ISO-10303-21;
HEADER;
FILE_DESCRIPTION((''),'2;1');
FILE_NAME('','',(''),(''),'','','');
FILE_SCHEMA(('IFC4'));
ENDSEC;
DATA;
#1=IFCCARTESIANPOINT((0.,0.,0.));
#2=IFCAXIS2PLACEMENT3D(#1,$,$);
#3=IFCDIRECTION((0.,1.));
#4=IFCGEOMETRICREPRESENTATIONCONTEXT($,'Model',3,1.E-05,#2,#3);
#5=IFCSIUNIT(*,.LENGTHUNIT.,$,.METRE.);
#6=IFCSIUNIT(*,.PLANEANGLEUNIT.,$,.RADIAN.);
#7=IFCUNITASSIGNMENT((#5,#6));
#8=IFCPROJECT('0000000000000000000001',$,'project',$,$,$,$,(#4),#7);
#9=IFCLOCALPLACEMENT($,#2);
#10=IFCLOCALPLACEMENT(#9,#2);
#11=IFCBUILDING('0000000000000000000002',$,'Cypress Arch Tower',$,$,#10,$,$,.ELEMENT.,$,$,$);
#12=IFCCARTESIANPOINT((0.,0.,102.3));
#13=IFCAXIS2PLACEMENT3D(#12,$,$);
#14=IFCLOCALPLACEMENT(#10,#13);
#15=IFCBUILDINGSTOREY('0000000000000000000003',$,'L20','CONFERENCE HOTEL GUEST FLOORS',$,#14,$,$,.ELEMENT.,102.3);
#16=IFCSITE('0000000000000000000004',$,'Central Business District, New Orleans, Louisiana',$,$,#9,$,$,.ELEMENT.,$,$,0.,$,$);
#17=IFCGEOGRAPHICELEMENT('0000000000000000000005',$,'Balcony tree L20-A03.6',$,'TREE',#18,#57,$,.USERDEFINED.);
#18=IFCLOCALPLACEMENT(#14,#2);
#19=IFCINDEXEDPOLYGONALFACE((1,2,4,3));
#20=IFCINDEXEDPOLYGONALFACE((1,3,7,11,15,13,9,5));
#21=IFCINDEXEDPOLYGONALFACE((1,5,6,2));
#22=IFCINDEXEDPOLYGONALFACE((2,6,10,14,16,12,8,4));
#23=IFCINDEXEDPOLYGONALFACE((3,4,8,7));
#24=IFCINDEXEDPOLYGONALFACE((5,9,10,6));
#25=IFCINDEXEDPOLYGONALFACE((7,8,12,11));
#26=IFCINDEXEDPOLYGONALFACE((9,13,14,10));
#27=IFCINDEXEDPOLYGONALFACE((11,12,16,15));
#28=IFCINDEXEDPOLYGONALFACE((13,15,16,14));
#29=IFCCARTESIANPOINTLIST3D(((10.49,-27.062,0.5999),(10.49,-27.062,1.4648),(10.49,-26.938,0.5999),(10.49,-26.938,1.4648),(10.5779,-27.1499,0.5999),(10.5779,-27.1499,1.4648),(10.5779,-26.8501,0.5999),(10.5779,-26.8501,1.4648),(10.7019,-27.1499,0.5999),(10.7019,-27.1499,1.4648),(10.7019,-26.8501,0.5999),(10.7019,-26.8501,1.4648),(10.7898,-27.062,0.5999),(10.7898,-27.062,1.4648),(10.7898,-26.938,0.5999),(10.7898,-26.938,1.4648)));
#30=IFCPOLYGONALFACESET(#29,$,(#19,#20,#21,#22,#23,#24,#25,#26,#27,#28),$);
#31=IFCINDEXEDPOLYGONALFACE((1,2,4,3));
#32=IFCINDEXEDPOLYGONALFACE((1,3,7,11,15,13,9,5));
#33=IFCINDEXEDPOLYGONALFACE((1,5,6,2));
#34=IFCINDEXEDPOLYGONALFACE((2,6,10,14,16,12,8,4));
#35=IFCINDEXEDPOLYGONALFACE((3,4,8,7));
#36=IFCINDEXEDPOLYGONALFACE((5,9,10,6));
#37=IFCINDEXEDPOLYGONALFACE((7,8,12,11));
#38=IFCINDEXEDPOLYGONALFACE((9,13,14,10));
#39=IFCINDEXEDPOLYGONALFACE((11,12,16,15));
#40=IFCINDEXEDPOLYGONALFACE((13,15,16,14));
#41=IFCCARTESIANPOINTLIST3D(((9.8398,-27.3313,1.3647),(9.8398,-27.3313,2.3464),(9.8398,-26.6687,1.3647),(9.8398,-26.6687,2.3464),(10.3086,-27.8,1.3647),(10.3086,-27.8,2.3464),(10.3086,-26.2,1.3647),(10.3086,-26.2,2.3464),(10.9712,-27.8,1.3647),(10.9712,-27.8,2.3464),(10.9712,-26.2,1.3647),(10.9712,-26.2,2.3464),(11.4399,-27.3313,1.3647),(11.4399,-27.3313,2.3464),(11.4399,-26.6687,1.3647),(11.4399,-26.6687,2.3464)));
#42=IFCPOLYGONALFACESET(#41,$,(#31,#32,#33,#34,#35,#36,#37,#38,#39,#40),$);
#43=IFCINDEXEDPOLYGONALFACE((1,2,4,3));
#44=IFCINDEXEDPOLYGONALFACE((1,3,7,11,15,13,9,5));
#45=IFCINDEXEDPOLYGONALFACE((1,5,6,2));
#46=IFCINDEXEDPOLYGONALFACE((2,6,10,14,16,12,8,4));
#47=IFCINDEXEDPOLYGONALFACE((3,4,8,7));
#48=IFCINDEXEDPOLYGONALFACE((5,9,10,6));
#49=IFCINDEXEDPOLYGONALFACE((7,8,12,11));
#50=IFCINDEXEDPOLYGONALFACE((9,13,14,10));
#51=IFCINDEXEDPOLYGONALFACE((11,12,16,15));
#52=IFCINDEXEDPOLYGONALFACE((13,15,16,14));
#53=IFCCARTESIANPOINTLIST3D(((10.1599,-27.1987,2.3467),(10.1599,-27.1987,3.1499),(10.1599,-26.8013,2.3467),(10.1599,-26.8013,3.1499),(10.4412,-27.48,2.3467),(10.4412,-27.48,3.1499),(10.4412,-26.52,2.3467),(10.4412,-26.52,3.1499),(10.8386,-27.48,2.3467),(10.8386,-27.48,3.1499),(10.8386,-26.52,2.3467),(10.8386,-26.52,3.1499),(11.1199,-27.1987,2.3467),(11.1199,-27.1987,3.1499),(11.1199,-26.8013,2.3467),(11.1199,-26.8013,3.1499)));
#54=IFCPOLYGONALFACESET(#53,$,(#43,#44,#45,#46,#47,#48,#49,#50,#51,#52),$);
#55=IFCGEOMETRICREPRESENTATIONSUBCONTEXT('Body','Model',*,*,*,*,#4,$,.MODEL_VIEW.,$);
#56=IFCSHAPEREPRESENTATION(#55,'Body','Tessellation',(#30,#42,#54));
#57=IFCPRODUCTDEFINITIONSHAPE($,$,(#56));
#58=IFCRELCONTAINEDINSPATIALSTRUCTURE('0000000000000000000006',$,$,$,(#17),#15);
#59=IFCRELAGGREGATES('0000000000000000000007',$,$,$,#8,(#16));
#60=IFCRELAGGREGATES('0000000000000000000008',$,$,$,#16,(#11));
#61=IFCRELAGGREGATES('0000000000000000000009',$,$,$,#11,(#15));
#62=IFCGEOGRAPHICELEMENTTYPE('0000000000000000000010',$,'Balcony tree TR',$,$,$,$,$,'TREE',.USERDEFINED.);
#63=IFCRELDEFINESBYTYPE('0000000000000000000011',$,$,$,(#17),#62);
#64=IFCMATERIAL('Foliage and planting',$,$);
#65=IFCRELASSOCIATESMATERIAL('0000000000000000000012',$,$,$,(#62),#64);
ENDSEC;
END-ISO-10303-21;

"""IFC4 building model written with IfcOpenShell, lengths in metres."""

from ifc_helpers import new_model, si_unit, direction, frame, origin, place, context, subcontext, project, spatial, polyline, outline, extrude, material, type_object, element, save


model = new_model("IFC4")

# Units and contexts
model_context = context("Model", 3, precision=1e-05, world=origin(), true_north=direction((0.0, 1.0)))
body_context = subcontext(model_context, "Body", "Model", "MODEL_VIEW")
ifc_project = project(units=[si_unit("LENGTHUNIT", "METRE"), si_unit("PLANEANGLEUNIT", "RADIAN")], contexts=[model_context])

# Site, building, storey
site_placement = place(None, origin())
site = spatial("IfcSite", under=ifc_project, at=site_placement, Name="Central Business District, New Orleans, Louisiana", CompositionType="ELEMENT", RefElevation=0.0)
building_placement = place(site_placement, origin())
building = spatial("IfcBuilding", under=site, at=building_placement, Name="Cypress Arch Tower", CompositionType="ELEMENT")
storey_placement = place(building_placement, frame((0.0, 0.0, 102.3)))
storey = spatial("IfcBuildingStorey", under=building, at=storey_placement, Name="L20", Description="CONFERENCE HOTEL GUEST FLOORS", CompositionType="ELEMENT", Elevation=102.3)

# Geographic element
ifc_material_1 = material(Name="Foliage and planting")
geographic_element_type = type_object("IfcGeographicElementType", Name="Balcony tree TR", ElementType="TREE", PredefinedType="USERDEFINED", material=ifc_material_1)
geographic_element_placement = place(storey_placement, frame((10.6399, -27.0, 0.5999), z_axis=(0.0, 0.0, 1.0), x_axis=(1.0, 0.0, 0.0)))
element("IfcGeographicElement", 1, at=geographic_element_placement, inside=storey, type_object=geographic_element_type, Name="Balcony tree L20-A03.6", ObjectType="TREE", PredefinedType="USERDEFINED", context=body_context, shape_type="SweptSolid", body=[
    extrude(outline(polyline([(0.1499, 0.062), (0.062, 0.1499), (-0.062, 0.1499), (-0.1499, 0.062), (-0.1499, -0.062), (-0.062, -0.1499), (0.062, -0.1499), (0.1499, -0.062), (0.1499, 0.062)])), origin(), (0.0, 0.0, 1.0), 0.865),
    extrude(outline(polyline([(0.8, 0.3313), (0.3313, 0.8), (-0.3313, 0.8), (-0.8, 0.3313), (-0.8, -0.3313), (-0.3313, -0.8), (0.3313, -0.8), (0.8, -0.3313), (0.8, 0.3313)])), frame((0.0, 0.0, 0.7649)), (0.0, 0.0, 1.0), 0.9817),
    extrude(outline(polyline([(0.48, 0.1987), (0.1987, 0.48), (-0.1987, 0.48), (-0.48, 0.1987), (-0.48, -0.1987), (-0.1987, -0.48), (0.1987, -0.48), (0.48, -0.1987), (0.48, 0.1987)])), frame((0.0, 0.0, 1.7468)), (0.0, 0.0, 1.0), 0.8032),
])

save(model, "model.ifc")
